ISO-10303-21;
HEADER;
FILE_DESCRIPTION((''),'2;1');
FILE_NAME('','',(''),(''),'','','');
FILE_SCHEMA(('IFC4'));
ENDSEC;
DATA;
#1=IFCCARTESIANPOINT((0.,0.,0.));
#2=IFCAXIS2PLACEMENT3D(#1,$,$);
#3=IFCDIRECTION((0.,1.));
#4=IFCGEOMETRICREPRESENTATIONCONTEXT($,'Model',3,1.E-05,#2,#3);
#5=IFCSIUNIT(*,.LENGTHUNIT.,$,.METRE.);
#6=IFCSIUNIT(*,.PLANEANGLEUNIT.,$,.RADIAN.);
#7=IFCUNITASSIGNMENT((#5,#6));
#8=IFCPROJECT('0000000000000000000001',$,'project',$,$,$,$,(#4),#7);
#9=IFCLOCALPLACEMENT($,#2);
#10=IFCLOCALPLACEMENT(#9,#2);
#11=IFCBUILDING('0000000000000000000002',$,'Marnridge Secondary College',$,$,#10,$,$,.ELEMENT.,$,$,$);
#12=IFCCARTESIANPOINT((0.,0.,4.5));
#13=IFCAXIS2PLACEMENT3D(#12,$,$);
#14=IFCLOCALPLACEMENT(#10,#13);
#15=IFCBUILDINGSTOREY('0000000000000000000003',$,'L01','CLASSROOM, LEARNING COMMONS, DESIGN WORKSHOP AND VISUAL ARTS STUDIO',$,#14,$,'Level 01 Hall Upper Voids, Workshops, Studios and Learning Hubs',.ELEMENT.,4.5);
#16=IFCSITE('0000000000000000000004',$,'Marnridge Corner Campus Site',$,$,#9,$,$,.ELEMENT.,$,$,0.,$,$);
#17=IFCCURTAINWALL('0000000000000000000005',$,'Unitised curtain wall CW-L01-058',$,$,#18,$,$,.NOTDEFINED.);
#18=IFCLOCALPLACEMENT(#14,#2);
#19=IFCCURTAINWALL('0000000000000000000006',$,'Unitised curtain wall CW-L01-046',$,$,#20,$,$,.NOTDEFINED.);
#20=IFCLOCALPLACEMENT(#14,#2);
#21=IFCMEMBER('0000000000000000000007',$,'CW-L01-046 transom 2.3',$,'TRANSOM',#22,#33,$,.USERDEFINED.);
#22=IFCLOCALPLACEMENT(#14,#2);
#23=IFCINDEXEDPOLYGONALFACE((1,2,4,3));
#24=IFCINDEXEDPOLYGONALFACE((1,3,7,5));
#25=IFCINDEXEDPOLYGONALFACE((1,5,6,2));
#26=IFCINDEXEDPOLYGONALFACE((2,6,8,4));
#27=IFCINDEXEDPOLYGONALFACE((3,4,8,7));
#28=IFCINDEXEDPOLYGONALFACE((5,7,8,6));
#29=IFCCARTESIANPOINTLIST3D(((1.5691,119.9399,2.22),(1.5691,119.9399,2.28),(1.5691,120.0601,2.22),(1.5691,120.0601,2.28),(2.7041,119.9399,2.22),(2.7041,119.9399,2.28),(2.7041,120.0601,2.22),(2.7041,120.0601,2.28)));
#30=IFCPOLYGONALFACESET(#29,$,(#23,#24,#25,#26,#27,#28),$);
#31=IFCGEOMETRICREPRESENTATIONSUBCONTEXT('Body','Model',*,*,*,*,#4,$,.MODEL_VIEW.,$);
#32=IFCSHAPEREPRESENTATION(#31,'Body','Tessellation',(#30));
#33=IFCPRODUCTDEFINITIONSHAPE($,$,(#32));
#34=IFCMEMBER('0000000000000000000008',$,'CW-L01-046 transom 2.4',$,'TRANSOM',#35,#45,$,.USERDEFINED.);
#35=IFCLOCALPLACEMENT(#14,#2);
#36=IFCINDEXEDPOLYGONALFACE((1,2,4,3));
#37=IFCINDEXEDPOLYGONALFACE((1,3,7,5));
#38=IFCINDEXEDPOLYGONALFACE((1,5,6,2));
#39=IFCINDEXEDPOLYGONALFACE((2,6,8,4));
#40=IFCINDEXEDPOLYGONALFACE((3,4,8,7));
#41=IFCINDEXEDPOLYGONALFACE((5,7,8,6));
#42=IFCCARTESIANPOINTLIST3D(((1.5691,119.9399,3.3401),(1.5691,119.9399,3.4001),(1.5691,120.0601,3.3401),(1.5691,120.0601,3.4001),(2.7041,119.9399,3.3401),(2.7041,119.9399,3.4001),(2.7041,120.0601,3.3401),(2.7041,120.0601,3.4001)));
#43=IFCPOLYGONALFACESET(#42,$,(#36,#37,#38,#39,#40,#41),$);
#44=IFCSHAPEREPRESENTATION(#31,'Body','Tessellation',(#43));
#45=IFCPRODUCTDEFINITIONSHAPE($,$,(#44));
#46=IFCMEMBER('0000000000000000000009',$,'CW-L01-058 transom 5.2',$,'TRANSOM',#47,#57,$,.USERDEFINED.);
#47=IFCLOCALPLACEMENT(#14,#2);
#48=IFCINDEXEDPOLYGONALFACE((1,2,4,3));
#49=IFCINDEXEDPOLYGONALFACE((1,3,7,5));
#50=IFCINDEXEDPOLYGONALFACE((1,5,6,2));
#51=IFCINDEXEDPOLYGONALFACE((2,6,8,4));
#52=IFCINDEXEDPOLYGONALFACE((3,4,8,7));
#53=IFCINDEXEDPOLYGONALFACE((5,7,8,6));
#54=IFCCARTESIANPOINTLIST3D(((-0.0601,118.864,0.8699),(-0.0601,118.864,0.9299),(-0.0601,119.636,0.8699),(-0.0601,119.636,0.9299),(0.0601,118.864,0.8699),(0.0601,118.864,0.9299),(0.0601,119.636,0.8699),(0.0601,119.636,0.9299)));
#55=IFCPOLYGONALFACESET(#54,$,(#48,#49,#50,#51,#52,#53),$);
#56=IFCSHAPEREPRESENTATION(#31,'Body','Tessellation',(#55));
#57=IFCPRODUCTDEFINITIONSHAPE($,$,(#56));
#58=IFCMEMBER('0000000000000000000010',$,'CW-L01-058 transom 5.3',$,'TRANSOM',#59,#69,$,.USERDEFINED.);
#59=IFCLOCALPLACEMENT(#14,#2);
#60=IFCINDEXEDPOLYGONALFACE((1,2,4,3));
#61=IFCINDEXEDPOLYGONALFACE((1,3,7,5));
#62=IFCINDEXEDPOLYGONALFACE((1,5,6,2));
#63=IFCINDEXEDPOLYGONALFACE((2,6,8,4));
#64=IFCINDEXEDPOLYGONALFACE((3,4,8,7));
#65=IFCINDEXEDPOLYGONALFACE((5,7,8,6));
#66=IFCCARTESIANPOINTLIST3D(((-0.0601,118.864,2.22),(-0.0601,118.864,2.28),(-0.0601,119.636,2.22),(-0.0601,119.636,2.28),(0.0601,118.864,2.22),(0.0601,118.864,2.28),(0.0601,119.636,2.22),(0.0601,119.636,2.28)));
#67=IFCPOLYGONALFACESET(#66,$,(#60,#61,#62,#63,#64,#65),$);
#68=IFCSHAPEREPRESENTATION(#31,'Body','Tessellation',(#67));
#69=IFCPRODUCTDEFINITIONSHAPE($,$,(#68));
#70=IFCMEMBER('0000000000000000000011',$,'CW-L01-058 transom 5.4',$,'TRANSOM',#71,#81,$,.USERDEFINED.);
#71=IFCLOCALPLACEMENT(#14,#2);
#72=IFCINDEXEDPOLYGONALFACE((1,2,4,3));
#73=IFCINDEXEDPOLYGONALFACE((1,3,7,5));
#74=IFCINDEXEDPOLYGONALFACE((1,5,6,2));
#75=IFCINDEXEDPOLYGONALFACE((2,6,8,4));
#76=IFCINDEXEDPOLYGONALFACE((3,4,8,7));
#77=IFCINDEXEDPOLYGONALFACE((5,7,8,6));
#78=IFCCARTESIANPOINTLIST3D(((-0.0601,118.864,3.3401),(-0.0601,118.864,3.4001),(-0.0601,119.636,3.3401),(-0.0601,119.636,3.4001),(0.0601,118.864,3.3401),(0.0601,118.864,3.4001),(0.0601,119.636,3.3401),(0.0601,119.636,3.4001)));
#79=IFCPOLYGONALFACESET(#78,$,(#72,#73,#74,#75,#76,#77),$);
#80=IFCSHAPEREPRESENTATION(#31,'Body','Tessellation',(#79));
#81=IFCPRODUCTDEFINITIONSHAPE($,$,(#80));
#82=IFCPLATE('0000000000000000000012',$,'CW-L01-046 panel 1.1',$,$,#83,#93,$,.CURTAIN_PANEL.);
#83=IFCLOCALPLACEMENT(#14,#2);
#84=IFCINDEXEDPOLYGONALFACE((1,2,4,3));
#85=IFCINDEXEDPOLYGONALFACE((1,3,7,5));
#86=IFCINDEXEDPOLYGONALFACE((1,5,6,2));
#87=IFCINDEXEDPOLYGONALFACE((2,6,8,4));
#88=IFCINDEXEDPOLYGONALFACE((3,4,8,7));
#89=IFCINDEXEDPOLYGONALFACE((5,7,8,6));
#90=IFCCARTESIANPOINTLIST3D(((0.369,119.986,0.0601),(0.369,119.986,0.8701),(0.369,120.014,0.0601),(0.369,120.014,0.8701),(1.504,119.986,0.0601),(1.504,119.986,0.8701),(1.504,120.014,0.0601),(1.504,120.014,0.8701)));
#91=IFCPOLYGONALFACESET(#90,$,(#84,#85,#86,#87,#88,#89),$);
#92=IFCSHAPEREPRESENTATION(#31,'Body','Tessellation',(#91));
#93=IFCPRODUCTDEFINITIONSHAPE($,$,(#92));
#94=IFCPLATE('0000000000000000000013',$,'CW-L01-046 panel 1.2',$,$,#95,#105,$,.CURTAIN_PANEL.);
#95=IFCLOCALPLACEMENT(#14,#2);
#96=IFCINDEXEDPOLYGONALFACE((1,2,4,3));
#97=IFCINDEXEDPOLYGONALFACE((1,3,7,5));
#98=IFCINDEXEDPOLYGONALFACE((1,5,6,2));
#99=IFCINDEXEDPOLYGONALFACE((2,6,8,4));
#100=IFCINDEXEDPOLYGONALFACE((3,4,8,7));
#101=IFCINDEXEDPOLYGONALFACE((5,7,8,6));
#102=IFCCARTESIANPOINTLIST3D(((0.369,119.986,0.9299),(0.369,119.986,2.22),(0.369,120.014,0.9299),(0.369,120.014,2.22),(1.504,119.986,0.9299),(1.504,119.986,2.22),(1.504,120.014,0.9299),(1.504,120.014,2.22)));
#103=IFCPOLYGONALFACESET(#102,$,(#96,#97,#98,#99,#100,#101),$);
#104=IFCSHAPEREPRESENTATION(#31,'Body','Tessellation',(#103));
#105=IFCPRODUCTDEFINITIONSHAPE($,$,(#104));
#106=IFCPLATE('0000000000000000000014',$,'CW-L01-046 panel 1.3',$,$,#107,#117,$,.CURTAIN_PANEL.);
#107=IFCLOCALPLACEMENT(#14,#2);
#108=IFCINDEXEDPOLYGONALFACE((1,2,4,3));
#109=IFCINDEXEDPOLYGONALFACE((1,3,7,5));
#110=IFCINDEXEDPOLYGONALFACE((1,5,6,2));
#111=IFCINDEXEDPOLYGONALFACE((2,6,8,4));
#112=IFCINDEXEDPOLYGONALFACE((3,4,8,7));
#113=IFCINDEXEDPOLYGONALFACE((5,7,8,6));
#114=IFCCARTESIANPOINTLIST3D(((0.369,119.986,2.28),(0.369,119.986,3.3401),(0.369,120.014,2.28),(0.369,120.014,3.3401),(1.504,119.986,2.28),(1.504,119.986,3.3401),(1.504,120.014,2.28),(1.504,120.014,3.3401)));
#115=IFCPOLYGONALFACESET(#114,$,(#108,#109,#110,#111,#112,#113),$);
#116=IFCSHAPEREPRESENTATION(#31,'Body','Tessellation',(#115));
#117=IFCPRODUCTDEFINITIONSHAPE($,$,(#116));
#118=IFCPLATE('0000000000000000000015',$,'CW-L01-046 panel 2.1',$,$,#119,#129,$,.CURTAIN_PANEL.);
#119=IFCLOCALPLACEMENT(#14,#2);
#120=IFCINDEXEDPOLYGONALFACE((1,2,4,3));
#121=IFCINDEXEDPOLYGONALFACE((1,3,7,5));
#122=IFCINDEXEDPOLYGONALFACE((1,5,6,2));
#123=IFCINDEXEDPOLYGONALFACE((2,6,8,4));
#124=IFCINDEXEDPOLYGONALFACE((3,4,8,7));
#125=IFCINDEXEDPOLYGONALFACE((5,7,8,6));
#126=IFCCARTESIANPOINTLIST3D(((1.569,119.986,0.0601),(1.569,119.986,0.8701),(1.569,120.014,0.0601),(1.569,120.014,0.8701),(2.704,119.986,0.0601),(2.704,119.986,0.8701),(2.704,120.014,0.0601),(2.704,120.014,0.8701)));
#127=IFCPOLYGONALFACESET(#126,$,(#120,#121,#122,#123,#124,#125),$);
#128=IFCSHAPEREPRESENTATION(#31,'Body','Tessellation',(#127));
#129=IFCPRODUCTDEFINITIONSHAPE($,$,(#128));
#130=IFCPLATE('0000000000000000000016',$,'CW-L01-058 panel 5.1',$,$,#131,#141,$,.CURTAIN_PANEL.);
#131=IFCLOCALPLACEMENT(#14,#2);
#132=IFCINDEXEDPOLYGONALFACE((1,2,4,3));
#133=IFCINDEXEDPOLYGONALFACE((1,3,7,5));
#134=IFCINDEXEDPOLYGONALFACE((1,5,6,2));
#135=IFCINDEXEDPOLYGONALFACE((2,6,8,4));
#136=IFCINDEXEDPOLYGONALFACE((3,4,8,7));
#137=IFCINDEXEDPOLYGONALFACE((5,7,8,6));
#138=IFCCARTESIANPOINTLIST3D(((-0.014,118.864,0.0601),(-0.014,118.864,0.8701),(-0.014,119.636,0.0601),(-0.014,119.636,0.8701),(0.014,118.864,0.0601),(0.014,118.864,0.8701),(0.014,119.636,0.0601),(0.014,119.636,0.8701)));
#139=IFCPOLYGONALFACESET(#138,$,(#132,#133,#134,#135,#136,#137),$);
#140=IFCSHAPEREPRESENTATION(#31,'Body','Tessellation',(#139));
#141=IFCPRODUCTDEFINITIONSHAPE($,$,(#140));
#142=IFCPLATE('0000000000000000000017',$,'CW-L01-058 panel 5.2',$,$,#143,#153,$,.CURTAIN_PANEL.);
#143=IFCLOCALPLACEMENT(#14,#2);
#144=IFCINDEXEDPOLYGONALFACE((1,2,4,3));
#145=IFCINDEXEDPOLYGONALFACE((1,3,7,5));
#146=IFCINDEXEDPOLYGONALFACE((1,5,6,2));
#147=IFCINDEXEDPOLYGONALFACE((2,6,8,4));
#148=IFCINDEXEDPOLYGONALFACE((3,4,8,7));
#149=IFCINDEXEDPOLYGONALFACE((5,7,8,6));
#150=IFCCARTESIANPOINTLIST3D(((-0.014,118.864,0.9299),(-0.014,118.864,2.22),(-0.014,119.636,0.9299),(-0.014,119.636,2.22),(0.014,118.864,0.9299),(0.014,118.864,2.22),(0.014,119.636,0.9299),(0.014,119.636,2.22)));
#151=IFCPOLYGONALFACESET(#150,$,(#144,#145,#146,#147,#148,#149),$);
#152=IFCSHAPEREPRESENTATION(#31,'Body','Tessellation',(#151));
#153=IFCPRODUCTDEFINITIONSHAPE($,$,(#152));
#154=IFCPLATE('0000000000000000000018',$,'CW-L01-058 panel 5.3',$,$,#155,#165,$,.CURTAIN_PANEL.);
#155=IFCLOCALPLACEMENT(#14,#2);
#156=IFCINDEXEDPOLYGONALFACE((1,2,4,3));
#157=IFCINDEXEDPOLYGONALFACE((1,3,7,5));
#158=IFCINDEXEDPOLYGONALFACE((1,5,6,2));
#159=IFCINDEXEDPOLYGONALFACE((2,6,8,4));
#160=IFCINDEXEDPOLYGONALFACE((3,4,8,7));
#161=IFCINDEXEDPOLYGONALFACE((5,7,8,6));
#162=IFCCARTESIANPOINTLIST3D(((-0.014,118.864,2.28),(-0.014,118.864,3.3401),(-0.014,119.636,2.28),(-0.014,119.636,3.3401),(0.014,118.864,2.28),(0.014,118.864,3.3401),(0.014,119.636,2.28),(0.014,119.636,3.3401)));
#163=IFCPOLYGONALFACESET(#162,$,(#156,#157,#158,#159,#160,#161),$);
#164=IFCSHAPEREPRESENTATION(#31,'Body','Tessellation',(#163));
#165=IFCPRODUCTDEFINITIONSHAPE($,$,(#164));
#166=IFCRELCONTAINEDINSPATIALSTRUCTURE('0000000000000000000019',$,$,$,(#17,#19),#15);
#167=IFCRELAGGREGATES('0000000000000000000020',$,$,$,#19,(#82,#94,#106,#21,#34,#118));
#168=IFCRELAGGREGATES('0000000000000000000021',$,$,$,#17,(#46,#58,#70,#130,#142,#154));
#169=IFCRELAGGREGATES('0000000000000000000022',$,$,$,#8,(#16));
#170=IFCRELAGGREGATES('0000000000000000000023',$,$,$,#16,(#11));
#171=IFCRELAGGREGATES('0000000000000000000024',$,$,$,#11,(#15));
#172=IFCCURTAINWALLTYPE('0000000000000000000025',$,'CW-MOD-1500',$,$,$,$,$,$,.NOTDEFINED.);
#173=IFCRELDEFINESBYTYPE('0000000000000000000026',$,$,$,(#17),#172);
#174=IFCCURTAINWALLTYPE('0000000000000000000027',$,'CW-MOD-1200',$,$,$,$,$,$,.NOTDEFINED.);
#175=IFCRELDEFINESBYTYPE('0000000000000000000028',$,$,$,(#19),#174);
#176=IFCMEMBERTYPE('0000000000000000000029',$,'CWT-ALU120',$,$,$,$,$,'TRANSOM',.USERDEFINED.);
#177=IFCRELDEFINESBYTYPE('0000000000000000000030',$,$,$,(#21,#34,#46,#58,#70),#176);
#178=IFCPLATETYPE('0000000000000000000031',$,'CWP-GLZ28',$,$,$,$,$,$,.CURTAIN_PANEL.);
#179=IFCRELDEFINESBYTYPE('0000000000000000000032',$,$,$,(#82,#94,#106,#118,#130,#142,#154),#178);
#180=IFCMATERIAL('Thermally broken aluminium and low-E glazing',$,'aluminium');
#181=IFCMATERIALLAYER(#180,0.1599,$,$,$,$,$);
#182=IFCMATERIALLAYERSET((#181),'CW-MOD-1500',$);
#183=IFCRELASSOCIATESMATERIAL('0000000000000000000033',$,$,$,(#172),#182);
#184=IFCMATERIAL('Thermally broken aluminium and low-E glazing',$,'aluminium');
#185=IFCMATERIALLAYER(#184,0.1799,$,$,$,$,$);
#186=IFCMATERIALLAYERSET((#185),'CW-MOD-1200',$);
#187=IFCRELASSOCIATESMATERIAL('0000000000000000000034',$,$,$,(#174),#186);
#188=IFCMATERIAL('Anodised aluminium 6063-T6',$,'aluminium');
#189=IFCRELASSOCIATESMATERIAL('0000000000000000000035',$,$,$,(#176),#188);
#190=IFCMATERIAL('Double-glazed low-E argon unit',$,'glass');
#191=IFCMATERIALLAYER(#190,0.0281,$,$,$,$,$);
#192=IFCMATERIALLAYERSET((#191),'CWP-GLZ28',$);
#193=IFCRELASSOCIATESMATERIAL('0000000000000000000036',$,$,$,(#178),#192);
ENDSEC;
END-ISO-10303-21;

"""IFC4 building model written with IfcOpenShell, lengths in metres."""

from ifc_helpers import new_model, si_unit, direction, frame, origin, origin_2d, place, context, subcontext, project, spatial, rectangle, extrude, material, layer, layer_set, material_profile, profile_set, type_object, element, aggregate, save


model = new_model("IFC4")

# Units and contexts
model_context = context("Model", 3, precision=1e-05, world=origin(), true_north=direction((0.0, 1.0)))
body_context = subcontext(model_context, "Body", "Model", "MODEL_VIEW")
ifc_project = project(units=[si_unit("LENGTHUNIT", "METRE"), si_unit("PLANEANGLEUNIT", "RADIAN")], contexts=[model_context])

# Site, building, storey
site_placement = place(None, origin())
site = spatial("IfcSite", under=ifc_project, at=site_placement, Name="Marnridge Corner Campus Site", CompositionType="ELEMENT", RefElevation=0.0)
building_placement = place(site_placement, origin())
building = spatial("IfcBuilding", under=site, at=building_placement, Name="Marnridge Secondary College", CompositionType="ELEMENT")
storey_placement = place(building_placement, frame((0.0, 0.0, 4.5)))
storey = spatial("IfcBuildingStorey", under=building, at=storey_placement, Name="L01", Description="CLASSROOM, LEARNING COMMONS, DESIGN WORKSHOP AND VISUAL ARTS STUDIO", LongName="Level 01 Hall Upper Voids, Workshops, Studios and Learning Hubs", CompositionType="ELEMENT", Elevation=4.5)

# Curtain wall
ifc_material_1 = material(Name="Thermally broken aluminium and low-E glazing", Category="aluminium")
ifc_layer_1 = layer(ifc_material_1, 0.1599)
ifc_layer_set_1 = layer_set([ifc_layer_1], Name="CW-MOD-1500")
curtain_wall_type_1 = type_object("IfcCurtainWallType", Name="CW-MOD-1500", PredefinedType="NOTDEFINED", material=ifc_layer_set_1)
curtain_wall_1_placement = place(storey_placement, origin())
curtain_wall_1 = element("IfcCurtainWall", 1, at=curtain_wall_1_placement, inside=storey, type_object=curtain_wall_type_1, Name="Unitised curtain wall CW-L01-058", PredefinedType="NOTDEFINED")

# Curtain wall, members
ifc_material_2 = material(Name="Thermally broken aluminium and low-E glazing", Category="aluminium")
ifc_layer_2 = layer(ifc_material_2, 0.1799)
ifc_layer_set_2 = layer_set([ifc_layer_2], Name="CW-MOD-1200")
curtain_wall_type_2 = type_object("IfcCurtainWallType", Name="CW-MOD-1200", PredefinedType="NOTDEFINED", material=ifc_layer_set_2)
curtain_wall_2_placement = place(storey_placement, origin())
curtain_wall_2 = element("IfcCurtainWall", 2, at=curtain_wall_2_placement, inside=storey, type_object=curtain_wall_type_2, Name="Unitised curtain wall CW-L01-046", PredefinedType="NOTDEFINED")
ifc_material_3 = material(Name="Anodised aluminium 6063-T6", Category="aluminium")
ifc_material_profile_1 = material_profile(ifc_material_3, rectangle(XDim=0.0601, YDim=0.1201, at=origin_2d()), Name="ALU 60x120")
ifc_profile_set_1 = profile_set([ifc_material_profile_1], Name="Anodised aluminium 6063-T6")
member_type_1 = type_object("IfcMemberType", Name="CWT-ALU120", ElementType="TRANSOM", PredefinedType="USERDEFINED", material=ifc_profile_set_1)
member_1_placement = place(storey_placement, frame((1.5691, 120.0, 2.25), z_axis=(1.0, 0.0, 0.0), x_axis=(0.0, 0.0, 1.0)))
member_1 = element("IfcMember", 3, at=member_1_placement, type_object=member_type_1, Name="CW-L01-046 transom 2.3", ObjectType="TRANSOM", PredefinedType="USERDEFINED", context=body_context, shape_type="SweptSolid", body=[
    extrude(rectangle(XDim=0.0601, YDim=0.1201, at=origin_2d()), origin(), (0.0, 0.0, 1.0), 1.135),
])
member_2_placement = place(storey_placement, frame((1.5691, 120.0, 3.3701), z_axis=(1.0, 0.0, 0.0), x_axis=(0.0, 0.0, 1.0)))
member_2 = element("IfcMember", 4, at=member_2_placement, type_object=member_type_1, Name="CW-L01-046 transom 2.4", ObjectType="TRANSOM", PredefinedType="USERDEFINED", context=body_context, shape_type="SweptSolid", body=[
    extrude(rectangle(XDim=0.0601, YDim=0.1201, at=origin_2d()), origin(), (0.0, 0.0, 1.0), 1.135),
])

# Members
member_3_placement = place(storey_placement, frame((0.0, 118.864, 0.8999), z_axis=(0.0, 1.0, 0.0), x_axis=(0.0, 0.0, 1.0)))
member_3 = element("IfcMember", 5, at=member_3_placement, type_object=member_type_1, Name="CW-L01-058 transom 5.2", ObjectType="TRANSOM", PredefinedType="USERDEFINED", context=body_context, shape_type="SweptSolid", body=[
    extrude(rectangle(XDim=0.0601, YDim=0.1201, at=origin_2d()), origin(), (0.0, 0.0, 1.0), 0.772),
])
member_4_placement = place(storey_placement, frame((0.0, 118.864, 2.25), z_axis=(0.0, 1.0, 0.0), x_axis=(0.0, 0.0, 1.0)))
member_4 = element("IfcMember", 6, at=member_4_placement, type_object=member_type_1, Name="CW-L01-058 transom 5.3", ObjectType="TRANSOM", PredefinedType="USERDEFINED", context=body_context, shape_type="SweptSolid", body=[
    extrude(rectangle(XDim=0.0601, YDim=0.1201, at=origin_2d()), origin(), (0.0, 0.0, 1.0), 0.772),
])
member_5_placement = place(storey_placement, frame((0.0, 118.864, 3.3701), z_axis=(0.0, 1.0, 0.0), x_axis=(0.0, 0.0, 1.0)))
member_5 = element("IfcMember", 7, at=member_5_placement, type_object=member_type_1, Name="CW-L01-058 transom 5.4", ObjectType="TRANSOM", PredefinedType="USERDEFINED", context=body_context, shape_type="SweptSolid", body=[
    extrude(rectangle(XDim=0.0601, YDim=0.1201, at=origin_2d()), origin(), (0.0, 0.0, 1.0), 0.772),
])

# Plates
ifc_material_4 = material(Name="Double-glazed low-E argon unit", Category="glass")
ifc_layer_3 = layer(ifc_material_4, 0.0281)
ifc_layer_set_3 = layer_set([ifc_layer_3], Name="CWP-GLZ28")
plate_type = type_object("IfcPlateType", Name="CWP-GLZ28", PredefinedType="CURTAIN_PANEL", material=ifc_layer_set_3)
plate_1_placement = place(storey_placement, frame((0.9365, 120.0, 0.0601), z_axis=(0.0, 0.0, 1.0), x_axis=(1.0, 0.0, 0.0)))
plate_1 = element("IfcPlate", 8, at=plate_1_placement, type_object=plate_type, Name="CW-L01-046 panel 1.1", PredefinedType="CURTAIN_PANEL", context=body_context, shape_type="SweptSolid", body=[
    extrude(rectangle(XDim=1.135, YDim=0.0281, at=origin_2d()), origin(), (0.0, 0.0, 1.0), 0.8101),
])
plate_2_placement = place(storey_placement, frame((0.9365, 120.0, 0.9299), z_axis=(0.0, 0.0, 1.0), x_axis=(1.0, 0.0, 0.0)))
plate_2 = element("IfcPlate", 9, at=plate_2_placement, type_object=plate_type, Name="CW-L01-046 panel 1.2", PredefinedType="CURTAIN_PANEL", context=body_context, shape_type="SweptSolid", body=[
    extrude(rectangle(XDim=1.135, YDim=0.0281, at=origin_2d()), origin(), (0.0, 0.0, 1.0), 1.29),
])
plate_3_placement = place(storey_placement, frame((0.9365, 120.0, 2.28), z_axis=(0.0, 0.0, 1.0), x_axis=(1.0, 0.0, 0.0)))
plate_3 = element("IfcPlate", 10, at=plate_3_placement, type_object=plate_type, Name="CW-L01-046 panel 1.3", PredefinedType="CURTAIN_PANEL", context=body_context, shape_type="SweptSolid", body=[
    extrude(rectangle(XDim=1.135, YDim=0.0281, at=origin_2d()), origin(), (0.0, 0.0, 1.0), 1.0601),
])
plate_4_placement = place(storey_placement, frame((2.1365, 120.0, 0.0601), z_axis=(0.0, 0.0, 1.0), x_axis=(1.0, 0.0, 0.0)))
plate_4 = element("IfcPlate", 11, at=plate_4_placement, type_object=plate_type, Name="CW-L01-046 panel 2.1", PredefinedType="CURTAIN_PANEL", context=body_context, shape_type="SweptSolid", body=[
    extrude(rectangle(XDim=1.135, YDim=0.0281, at=origin_2d()), origin(), (0.0, 0.0, 1.0), 0.8101),
])
aggregate(curtain_wall_2, [plate_1, plate_2, plate_3, member_1, member_2, plate_4])
plate_5_placement = place(storey_placement, frame((0.0, 119.25, 0.0601), z_axis=(0.0, 0.0, 1.0), x_axis=(0.0, 1.0, 0.0)))
plate_5 = element("IfcPlate", 12, at=plate_5_placement, type_object=plate_type, Name="CW-L01-058 panel 5.1", PredefinedType="CURTAIN_PANEL", context=body_context, shape_type="SweptSolid", body=[
    extrude(rectangle(XDim=0.772, YDim=0.0281, at=origin_2d()), origin(), (0.0, 0.0, 1.0), 0.8101),
])
plate_6_placement = place(storey_placement, frame((0.0, 119.25, 0.9299), z_axis=(0.0, 0.0, 1.0), x_axis=(0.0, 1.0, 0.0)))
plate_6 = element("IfcPlate", 13, at=plate_6_placement, type_object=plate_type, Name="CW-L01-058 panel 5.2", PredefinedType="CURTAIN_PANEL", context=body_context, shape_type="SweptSolid", body=[
    extrude(rectangle(XDim=0.772, YDim=0.0281, at=origin_2d()), origin(), (0.0, 0.0, 1.0), 1.29),
])
plate_7_placement = place(storey_placement, frame((0.0, 119.25, 2.28), z_axis=(0.0, 0.0, 1.0), x_axis=(0.0, 1.0, 0.0)))
plate_7 = element("IfcPlate", 14, at=plate_7_placement, type_object=plate_type, Name="CW-L01-058 panel 5.3", PredefinedType="CURTAIN_PANEL", context=body_context, shape_type="SweptSolid", body=[
    extrude(rectangle(XDim=0.772, YDim=0.0281, at=origin_2d()), origin(), (0.0, 0.0, 1.0), 1.0601),
])
aggregate(curtain_wall_1, [member_3, member_4, member_5, plate_5, plate_6, plate_7])

save(model, "model.ifc")
